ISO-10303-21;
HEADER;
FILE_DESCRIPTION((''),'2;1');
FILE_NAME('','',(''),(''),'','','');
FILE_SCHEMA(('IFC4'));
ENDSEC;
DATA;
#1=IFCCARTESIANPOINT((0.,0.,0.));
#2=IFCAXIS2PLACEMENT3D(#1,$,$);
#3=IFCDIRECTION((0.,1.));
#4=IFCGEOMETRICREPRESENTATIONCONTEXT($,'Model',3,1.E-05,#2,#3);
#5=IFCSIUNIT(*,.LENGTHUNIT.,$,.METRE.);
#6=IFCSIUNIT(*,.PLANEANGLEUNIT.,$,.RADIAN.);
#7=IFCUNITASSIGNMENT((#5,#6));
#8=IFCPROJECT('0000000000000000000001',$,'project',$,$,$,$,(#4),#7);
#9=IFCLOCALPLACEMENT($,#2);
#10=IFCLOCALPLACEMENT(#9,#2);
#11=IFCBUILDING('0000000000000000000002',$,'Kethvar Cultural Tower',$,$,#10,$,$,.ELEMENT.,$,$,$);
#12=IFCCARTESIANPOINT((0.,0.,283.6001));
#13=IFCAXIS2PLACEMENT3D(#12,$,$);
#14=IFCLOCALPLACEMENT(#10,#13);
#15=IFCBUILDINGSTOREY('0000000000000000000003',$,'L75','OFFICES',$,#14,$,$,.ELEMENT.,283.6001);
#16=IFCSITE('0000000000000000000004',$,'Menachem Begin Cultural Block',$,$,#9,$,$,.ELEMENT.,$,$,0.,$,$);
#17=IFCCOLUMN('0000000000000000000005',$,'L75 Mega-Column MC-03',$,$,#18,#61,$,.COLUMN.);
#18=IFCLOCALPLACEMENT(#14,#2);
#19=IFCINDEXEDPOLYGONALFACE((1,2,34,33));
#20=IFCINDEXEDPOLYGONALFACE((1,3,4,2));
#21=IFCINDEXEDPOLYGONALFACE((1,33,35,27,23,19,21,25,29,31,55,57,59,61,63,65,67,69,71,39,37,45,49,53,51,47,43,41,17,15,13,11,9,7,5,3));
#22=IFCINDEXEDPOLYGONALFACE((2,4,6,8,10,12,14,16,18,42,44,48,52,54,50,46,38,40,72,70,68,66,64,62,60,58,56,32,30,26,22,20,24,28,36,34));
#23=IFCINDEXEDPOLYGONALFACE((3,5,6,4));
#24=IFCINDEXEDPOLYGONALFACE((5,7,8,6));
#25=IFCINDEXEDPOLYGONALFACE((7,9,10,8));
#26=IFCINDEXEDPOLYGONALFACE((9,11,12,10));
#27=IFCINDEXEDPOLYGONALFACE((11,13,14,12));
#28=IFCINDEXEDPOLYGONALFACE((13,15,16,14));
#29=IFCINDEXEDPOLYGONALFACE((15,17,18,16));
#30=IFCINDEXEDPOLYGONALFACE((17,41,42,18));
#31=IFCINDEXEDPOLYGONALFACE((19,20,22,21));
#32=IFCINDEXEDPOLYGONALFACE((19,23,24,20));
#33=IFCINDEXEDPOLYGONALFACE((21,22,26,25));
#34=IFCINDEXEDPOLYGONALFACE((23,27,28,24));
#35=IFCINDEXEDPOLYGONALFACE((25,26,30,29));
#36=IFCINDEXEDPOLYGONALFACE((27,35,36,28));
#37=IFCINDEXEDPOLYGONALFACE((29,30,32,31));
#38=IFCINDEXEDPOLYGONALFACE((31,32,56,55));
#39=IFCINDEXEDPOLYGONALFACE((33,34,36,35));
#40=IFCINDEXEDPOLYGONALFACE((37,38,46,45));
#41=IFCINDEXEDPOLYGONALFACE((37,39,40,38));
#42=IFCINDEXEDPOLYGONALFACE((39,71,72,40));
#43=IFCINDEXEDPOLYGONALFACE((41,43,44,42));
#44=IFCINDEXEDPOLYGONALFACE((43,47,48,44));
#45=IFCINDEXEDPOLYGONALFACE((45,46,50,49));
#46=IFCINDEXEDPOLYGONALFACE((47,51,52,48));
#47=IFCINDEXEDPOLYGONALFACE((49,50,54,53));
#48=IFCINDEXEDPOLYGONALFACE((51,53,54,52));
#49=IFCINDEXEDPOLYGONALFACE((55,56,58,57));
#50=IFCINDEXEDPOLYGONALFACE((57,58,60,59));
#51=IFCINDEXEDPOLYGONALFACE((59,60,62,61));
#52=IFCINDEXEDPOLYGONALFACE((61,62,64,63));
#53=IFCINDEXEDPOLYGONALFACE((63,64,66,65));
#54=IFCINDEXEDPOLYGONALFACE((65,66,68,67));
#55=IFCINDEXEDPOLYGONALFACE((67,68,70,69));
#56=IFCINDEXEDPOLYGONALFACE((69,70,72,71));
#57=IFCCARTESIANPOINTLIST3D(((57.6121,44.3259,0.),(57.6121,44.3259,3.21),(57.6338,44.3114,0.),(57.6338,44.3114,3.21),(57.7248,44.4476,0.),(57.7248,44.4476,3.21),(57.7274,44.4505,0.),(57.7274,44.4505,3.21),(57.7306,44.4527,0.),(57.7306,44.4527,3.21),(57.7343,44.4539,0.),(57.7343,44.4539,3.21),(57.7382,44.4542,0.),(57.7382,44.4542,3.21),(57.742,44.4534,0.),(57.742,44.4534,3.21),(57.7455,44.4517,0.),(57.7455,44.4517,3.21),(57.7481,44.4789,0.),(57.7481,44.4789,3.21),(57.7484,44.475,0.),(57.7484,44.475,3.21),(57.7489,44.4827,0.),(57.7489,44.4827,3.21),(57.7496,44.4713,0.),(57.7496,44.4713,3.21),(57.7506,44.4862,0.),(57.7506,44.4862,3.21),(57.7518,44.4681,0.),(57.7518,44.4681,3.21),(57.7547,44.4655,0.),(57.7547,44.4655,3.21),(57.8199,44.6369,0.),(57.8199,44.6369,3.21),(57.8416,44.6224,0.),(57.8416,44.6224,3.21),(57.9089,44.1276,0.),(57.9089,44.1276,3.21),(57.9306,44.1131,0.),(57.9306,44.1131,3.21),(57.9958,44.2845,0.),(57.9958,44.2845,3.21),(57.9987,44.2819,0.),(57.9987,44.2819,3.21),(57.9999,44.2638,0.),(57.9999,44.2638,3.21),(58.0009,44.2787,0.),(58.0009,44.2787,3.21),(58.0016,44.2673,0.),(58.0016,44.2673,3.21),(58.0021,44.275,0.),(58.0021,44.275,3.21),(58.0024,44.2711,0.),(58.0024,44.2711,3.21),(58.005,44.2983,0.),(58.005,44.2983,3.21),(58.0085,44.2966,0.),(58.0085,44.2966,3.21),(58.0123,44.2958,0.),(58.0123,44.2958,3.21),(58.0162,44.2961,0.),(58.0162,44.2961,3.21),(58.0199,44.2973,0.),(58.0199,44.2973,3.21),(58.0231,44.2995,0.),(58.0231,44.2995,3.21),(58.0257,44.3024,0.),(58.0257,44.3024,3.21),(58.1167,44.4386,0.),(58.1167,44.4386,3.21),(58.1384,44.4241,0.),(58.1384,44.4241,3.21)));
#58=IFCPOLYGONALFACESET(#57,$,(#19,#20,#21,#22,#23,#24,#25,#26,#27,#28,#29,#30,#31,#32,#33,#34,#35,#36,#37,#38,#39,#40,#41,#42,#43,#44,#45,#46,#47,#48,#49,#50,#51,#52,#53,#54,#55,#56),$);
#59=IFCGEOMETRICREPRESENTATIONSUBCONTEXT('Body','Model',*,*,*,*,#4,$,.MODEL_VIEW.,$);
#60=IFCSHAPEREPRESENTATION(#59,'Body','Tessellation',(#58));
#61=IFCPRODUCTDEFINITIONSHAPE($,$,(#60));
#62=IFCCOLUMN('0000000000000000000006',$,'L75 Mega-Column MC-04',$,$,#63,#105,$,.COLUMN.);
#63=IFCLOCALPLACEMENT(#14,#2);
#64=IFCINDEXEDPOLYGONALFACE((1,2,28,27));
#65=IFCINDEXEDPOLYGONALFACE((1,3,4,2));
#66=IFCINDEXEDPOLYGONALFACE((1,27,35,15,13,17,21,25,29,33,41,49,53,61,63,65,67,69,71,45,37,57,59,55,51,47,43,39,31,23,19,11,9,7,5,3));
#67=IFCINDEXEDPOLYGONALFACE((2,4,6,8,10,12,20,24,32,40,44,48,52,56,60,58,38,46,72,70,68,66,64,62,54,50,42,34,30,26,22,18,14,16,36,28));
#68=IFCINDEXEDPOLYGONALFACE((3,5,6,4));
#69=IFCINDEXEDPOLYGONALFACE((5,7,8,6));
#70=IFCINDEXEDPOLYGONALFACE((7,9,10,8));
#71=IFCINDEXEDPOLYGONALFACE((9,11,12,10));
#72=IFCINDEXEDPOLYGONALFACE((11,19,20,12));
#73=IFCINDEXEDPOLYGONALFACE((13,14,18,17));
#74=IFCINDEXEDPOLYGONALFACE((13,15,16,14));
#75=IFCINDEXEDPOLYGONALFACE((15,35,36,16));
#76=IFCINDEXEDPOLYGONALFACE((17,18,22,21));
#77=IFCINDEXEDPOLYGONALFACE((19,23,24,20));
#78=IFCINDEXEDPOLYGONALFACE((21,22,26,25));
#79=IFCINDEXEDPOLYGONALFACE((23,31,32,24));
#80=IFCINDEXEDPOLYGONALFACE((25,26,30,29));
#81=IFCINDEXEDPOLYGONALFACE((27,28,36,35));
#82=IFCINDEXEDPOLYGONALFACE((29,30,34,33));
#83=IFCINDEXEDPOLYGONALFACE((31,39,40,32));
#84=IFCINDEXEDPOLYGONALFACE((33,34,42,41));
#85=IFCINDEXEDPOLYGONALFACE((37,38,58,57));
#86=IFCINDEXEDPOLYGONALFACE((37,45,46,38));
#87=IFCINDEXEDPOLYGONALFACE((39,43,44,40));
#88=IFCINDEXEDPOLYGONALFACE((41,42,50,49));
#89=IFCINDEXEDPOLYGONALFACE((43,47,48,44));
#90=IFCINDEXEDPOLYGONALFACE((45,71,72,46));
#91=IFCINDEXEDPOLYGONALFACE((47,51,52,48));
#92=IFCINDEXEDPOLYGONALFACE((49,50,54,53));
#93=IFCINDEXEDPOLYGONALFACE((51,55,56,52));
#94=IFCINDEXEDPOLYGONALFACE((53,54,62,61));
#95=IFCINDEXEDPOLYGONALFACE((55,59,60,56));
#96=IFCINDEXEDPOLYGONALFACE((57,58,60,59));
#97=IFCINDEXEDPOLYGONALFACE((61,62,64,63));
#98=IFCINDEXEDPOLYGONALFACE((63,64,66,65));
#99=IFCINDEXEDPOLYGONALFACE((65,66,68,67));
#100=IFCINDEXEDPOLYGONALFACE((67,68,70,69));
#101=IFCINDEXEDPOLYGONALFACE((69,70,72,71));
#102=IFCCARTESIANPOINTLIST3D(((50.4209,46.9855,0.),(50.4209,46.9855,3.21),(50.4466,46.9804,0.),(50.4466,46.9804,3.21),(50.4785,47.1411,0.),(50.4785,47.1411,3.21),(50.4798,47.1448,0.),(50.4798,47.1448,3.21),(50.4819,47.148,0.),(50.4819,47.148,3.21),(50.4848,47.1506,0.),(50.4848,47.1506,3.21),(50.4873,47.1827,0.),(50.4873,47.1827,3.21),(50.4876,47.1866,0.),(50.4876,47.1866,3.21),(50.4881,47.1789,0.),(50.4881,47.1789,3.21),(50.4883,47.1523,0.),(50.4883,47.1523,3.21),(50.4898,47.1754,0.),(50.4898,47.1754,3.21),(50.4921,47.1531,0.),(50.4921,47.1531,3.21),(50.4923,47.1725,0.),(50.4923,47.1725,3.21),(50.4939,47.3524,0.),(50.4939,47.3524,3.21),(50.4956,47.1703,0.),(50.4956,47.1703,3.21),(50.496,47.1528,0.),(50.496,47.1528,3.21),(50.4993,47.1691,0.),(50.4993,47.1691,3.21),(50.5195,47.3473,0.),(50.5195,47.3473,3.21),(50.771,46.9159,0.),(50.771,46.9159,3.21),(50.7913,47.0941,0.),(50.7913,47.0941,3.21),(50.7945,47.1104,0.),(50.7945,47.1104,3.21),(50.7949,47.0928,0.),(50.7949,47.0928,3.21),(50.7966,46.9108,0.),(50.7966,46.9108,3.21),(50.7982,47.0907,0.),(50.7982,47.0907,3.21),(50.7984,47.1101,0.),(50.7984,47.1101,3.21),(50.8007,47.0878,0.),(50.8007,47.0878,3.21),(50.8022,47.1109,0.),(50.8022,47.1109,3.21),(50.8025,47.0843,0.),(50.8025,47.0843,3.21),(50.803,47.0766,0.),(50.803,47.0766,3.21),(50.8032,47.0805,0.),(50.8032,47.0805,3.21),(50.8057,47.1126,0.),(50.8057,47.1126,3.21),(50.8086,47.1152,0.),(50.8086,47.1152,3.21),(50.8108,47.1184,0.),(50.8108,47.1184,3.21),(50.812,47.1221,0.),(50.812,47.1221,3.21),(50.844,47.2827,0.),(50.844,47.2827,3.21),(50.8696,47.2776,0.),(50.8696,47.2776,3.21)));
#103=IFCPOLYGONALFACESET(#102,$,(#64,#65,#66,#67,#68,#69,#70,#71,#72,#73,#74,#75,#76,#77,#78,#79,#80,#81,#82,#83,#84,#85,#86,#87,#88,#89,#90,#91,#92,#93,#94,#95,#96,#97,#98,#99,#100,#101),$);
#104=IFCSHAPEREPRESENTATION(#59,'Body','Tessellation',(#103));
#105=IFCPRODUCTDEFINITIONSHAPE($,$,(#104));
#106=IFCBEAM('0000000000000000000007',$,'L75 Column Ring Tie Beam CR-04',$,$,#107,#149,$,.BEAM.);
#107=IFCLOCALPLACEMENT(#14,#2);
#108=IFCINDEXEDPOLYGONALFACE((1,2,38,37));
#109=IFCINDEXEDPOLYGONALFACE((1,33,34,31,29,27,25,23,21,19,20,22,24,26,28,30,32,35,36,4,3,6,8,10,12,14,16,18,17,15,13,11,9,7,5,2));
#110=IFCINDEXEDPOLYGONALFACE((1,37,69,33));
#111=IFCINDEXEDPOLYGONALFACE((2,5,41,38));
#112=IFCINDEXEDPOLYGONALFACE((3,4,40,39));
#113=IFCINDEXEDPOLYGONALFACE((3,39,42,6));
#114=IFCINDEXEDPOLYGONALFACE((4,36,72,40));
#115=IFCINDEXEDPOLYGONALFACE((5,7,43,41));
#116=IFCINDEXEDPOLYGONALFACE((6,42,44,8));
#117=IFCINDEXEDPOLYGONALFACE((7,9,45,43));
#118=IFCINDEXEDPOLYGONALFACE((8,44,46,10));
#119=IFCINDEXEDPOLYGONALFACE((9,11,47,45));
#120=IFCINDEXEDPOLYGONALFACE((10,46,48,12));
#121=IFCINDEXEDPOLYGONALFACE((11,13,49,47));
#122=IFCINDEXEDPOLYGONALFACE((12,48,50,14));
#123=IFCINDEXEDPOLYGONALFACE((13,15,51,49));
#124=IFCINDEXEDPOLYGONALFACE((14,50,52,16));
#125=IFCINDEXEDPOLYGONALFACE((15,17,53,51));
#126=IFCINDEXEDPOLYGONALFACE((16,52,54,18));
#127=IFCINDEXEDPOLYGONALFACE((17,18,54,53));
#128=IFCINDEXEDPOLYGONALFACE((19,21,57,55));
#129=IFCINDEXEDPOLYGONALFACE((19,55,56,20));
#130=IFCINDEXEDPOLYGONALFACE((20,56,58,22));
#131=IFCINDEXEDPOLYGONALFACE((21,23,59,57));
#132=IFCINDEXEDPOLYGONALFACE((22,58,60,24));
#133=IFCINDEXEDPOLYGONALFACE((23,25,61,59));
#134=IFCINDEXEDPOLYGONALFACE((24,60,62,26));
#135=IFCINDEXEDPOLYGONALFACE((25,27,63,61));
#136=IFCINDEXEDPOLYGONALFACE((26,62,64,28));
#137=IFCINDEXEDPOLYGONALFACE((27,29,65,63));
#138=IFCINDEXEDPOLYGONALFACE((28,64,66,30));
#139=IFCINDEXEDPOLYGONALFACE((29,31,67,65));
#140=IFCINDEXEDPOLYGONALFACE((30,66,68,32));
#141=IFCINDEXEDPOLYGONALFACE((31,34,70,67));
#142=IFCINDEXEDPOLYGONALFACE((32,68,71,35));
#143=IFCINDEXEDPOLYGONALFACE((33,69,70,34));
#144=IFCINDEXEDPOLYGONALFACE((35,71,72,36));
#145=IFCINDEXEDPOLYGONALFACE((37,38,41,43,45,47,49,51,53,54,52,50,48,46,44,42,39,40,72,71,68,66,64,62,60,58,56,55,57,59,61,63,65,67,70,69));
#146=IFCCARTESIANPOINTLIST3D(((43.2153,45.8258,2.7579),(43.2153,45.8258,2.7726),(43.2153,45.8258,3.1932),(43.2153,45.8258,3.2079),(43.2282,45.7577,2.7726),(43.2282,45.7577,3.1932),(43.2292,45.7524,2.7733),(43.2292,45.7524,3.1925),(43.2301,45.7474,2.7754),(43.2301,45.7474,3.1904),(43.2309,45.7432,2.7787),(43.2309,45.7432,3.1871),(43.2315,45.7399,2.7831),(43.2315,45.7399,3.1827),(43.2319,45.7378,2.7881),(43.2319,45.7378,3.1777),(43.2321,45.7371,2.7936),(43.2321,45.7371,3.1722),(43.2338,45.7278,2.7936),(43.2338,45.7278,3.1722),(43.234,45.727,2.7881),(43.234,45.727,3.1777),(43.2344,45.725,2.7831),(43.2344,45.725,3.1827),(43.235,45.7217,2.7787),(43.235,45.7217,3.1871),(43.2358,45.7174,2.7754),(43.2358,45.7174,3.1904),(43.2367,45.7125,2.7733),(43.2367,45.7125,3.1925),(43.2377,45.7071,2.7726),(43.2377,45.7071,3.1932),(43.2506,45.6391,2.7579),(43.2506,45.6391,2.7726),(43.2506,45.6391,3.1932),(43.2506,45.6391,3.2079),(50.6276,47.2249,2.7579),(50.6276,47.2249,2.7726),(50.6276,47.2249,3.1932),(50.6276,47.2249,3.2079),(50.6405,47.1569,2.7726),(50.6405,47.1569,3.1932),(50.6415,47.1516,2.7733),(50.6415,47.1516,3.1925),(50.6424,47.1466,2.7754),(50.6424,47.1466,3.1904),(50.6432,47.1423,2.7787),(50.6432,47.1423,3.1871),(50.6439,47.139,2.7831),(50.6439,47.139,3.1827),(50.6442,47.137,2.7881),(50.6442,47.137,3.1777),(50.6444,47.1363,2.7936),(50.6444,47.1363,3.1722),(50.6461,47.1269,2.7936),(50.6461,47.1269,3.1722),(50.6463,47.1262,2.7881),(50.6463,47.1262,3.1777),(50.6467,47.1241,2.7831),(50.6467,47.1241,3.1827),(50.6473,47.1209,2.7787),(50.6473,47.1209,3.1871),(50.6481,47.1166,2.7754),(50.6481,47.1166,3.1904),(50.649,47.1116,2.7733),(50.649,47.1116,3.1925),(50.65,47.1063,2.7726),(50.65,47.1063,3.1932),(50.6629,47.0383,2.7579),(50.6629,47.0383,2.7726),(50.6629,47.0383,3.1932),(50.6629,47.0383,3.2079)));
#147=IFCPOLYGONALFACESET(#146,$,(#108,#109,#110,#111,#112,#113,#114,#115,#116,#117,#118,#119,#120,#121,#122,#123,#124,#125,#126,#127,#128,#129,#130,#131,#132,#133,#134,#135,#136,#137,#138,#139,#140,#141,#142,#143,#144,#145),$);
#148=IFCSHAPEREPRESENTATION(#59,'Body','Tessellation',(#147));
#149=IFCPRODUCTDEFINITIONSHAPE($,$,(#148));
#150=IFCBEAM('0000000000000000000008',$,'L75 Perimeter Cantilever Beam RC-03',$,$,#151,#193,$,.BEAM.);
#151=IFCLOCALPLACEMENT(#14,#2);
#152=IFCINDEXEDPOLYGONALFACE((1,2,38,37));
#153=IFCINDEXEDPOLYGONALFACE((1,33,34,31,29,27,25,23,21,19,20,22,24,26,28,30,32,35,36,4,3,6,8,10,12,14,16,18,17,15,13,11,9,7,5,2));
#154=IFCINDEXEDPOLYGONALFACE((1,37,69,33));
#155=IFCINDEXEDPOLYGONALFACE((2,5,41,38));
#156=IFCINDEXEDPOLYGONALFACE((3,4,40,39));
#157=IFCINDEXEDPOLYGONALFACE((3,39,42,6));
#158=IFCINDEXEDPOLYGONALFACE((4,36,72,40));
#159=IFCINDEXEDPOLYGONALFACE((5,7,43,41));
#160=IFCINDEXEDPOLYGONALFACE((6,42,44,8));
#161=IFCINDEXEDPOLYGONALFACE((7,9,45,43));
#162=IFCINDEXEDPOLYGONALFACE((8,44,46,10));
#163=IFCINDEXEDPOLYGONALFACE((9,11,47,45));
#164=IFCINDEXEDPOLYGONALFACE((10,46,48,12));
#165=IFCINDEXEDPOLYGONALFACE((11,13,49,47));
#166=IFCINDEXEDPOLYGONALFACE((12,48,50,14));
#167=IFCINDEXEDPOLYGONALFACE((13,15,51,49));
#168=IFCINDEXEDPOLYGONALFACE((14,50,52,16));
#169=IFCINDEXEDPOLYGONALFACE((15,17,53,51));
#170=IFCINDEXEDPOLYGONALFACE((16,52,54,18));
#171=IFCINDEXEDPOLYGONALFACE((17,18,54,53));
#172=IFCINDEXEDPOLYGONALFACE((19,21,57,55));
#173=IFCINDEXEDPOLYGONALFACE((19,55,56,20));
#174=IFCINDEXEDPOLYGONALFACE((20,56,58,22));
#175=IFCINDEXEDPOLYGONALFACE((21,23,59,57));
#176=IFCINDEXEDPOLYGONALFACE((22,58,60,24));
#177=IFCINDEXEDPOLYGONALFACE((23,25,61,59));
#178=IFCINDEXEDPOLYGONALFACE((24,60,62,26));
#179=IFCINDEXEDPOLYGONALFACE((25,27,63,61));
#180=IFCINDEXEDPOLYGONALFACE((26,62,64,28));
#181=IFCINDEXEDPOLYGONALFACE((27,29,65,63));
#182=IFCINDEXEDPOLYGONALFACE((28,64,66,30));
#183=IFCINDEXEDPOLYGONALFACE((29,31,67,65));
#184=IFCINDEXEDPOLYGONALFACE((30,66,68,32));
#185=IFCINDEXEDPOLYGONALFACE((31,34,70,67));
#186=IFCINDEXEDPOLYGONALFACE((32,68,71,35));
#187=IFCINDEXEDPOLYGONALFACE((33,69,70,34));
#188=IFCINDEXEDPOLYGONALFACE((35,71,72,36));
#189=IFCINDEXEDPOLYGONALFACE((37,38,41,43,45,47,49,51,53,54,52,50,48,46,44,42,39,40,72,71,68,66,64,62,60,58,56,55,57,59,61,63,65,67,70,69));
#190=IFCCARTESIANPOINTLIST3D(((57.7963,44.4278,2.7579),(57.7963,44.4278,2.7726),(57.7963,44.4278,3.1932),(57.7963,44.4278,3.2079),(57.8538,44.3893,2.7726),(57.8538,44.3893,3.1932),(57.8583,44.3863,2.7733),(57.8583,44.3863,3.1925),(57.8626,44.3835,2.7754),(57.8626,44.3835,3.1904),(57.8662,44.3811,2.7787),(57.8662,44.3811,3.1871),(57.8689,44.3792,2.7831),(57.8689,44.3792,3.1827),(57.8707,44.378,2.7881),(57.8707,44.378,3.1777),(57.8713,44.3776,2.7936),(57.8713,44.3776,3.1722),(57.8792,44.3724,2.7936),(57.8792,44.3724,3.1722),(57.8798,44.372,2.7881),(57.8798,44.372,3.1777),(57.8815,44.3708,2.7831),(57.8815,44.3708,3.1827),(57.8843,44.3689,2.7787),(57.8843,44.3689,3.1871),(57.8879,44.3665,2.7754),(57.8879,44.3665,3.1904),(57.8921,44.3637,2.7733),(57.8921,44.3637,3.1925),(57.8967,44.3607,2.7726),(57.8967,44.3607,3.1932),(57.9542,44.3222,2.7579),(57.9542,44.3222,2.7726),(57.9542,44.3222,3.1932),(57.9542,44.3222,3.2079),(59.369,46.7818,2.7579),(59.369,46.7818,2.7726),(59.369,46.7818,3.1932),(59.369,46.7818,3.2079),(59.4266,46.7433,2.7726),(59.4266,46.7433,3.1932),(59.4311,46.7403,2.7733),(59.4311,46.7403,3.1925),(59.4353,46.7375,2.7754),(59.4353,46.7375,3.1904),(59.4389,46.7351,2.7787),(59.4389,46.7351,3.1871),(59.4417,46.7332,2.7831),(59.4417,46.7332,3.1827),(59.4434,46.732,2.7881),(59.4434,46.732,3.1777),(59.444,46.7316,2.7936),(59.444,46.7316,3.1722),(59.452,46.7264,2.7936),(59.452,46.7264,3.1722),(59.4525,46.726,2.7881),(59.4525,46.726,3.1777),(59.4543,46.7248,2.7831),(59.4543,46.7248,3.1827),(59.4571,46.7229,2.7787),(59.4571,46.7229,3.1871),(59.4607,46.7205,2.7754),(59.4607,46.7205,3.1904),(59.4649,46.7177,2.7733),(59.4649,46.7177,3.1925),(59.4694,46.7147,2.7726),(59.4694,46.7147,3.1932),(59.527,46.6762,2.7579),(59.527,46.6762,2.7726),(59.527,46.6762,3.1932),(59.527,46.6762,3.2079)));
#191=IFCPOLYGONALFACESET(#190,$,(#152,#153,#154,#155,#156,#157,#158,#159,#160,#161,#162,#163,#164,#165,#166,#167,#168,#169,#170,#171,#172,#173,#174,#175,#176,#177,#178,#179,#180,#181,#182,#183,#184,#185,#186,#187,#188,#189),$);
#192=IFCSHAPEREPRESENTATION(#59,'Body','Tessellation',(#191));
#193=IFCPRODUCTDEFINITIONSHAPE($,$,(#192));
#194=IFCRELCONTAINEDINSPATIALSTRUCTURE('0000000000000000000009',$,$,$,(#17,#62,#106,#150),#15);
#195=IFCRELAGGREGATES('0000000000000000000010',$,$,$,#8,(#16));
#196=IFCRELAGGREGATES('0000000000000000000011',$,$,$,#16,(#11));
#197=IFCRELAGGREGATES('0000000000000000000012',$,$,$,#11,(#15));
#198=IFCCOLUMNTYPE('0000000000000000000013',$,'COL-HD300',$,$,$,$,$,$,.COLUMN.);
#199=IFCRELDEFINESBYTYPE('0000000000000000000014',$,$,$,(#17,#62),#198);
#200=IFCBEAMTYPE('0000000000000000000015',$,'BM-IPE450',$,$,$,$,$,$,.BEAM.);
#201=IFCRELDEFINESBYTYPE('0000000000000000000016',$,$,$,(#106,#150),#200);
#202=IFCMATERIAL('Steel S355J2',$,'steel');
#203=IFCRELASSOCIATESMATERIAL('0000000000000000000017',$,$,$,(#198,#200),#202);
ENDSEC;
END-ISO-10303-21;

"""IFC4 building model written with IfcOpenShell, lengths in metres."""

from ifc_helpers import new_model, si_unit, direction, frame, origin, origin_2d, place, context, subcontext, project, spatial, i_section, extrude, source, transform, mapped, material, material_profile, profile_set, type_object, element, save


model = new_model("IFC4")

# Units and contexts
model_context = context("Model", 3, precision=1e-05, world=origin(), true_north=direction((0.0, 1.0)))
body_context = subcontext(model_context, "Body", "Model", "MODEL_VIEW")
ifc_project = project(units=[si_unit("LENGTHUNIT", "METRE"), si_unit("PLANEANGLEUNIT", "RADIAN")], contexts=[model_context])

# Site, building, storey
site_placement = place(None, origin())
site = spatial("IfcSite", under=ifc_project, at=site_placement, Name="Menachem Begin Cultural Block", CompositionType="ELEMENT", RefElevation=0.0)
building_placement = place(site_placement, origin())
building = spatial("IfcBuilding", under=site, at=building_placement, Name="Kethvar Cultural Tower", CompositionType="ELEMENT")
storey_placement = place(building_placement, frame((0.0, 0.0, 283.6001)))
storey = spatial("IfcBuildingStorey", under=building, at=storey_placement, Name="L75", Description="OFFICES", CompositionType="ELEMENT", Elevation=283.6001)

# Columns
ifc_material_1 = material(Name="Steel S355J2", Category="steel")
ifc_material_profile_1 = material_profile(ifc_material_1, i_section(OverallWidth=0.374, OverallDepth=0.3831, WebThickness=0.0166, FlangeThickness=0.0261, FilletRadius=0.0149, at=origin_2d()), Name="Steel S355J2 — HD360x300")
ifc_profile_set_1 = profile_set([ifc_material_profile_1], Name="Steel S355J2 — HD360x300")
column_type = type_object("IfcColumnType", Name="COL-HD300", PredefinedType="COLUMN", material=ifc_profile_set_1)
shared_shape_1 = source(origin(), body_context, "Body", "SweptSolid", [
    extrude(i_section(OverallWidth=0.374, OverallDepth=0.3831, WebThickness=0.0166, FlangeThickness=0.0261, FilletRadius=0.0149, at=origin_2d()), origin(), (0.0, 0.0, 1.0), 3.21),
])
for number, where, z_axis, x_axis, name in (
    (1, (57.8752, 44.375, 0.0), (0.0, 0.0, 1.0), (0.55557, 0.83147, 0.0), "L75 Mega-Column MC-03"),
    (2, (50.6453, 47.1316, 0.0), (0.0, 0.0, 1.0), (0.19509, 0.980785, 0.0), "L75 Mega-Column MC-04"),
):
    element("IfcColumn", number, at=place(storey_placement, frame(where, z_axis=z_axis, x_axis=x_axis)), inside=storey, type_object=column_type, Name=name, PredefinedType="COLUMN", context=body_context, shape_type="MappedRepresentation", body=[
        mapped(shared_shape_1, transform((0.0, 0.0, 0.0), scale=1.0)),
    ])

# Beams
ifc_material_profile_2 = material_profile(ifc_material_1, i_section(OverallWidth=0.1899, OverallDepth=0.45, WebThickness=0.0095, FlangeThickness=0.0146, FilletRadius=0.021, at=origin_2d()), Name="Steel S355J2 — IPE450")
ifc_profile_set_2 = profile_set([ifc_material_profile_2], Name="Steel S355J2 — IPE450")
beam_type_1 = type_object("IfcBeamType", Name="BM-IPE450", PredefinedType="BEAM", material=ifc_profile_set_2)
shared_shape_2 = source(origin(), body_context, "Body", "SweptSolid", [
    extrude(i_section(OverallWidth=0.1899, OverallDepth=0.45, WebThickness=0.0095, FlangeThickness=0.0146, FilletRadius=0.021, at=origin_2d()), origin(), (0.0, 0.0, 1.0), 7.5432),
])
beam_1_placement = place(storey_placement, frame((50.6453, 47.1316, 2.9829), z_axis=(-0.982647, -0.185486, 0.0), x_axis=(0.185486, -0.982647, 0.0)))
element("IfcBeam", 3, at=beam_1_placement, inside=storey, type_object=beam_type_1, Name="L75 Column Ring Tie Beam CR-04", PredefinedType="BEAM", context=body_context, shape_type="MappedRepresentation", body=[
    mapped(shared_shape_2, transform((0.0, 0.0, 0.0), scale=1.0)),
])
shared_shape_3 = source(origin(), body_context, "Body", "SweptSolid", [
    extrude(i_section(OverallWidth=0.1899, OverallDepth=0.45, WebThickness=0.0095, FlangeThickness=0.0146, FilletRadius=0.021, at=origin_2d()), origin(), (0.0, 0.0, 1.0), 2.8311),
])
beam_2_placement = place(storey_placement, frame((57.8752, 44.375, 2.9829), z_axis=(0.555536, 0.831493, 0.0), x_axis=(-0.831493, 0.555536, 0.0)))
element("IfcBeam", 4, at=beam_2_placement, inside=storey, type_object=beam_type_1, Name="L75 Perimeter Cantilever Beam RC-03", PredefinedType="BEAM", context=body_context, shape_type="MappedRepresentation", body=[
    mapped(shared_shape_3, transform((0.0, 0.0, 0.0), scale=1.0)),
])

save(model, "model.ifc")
